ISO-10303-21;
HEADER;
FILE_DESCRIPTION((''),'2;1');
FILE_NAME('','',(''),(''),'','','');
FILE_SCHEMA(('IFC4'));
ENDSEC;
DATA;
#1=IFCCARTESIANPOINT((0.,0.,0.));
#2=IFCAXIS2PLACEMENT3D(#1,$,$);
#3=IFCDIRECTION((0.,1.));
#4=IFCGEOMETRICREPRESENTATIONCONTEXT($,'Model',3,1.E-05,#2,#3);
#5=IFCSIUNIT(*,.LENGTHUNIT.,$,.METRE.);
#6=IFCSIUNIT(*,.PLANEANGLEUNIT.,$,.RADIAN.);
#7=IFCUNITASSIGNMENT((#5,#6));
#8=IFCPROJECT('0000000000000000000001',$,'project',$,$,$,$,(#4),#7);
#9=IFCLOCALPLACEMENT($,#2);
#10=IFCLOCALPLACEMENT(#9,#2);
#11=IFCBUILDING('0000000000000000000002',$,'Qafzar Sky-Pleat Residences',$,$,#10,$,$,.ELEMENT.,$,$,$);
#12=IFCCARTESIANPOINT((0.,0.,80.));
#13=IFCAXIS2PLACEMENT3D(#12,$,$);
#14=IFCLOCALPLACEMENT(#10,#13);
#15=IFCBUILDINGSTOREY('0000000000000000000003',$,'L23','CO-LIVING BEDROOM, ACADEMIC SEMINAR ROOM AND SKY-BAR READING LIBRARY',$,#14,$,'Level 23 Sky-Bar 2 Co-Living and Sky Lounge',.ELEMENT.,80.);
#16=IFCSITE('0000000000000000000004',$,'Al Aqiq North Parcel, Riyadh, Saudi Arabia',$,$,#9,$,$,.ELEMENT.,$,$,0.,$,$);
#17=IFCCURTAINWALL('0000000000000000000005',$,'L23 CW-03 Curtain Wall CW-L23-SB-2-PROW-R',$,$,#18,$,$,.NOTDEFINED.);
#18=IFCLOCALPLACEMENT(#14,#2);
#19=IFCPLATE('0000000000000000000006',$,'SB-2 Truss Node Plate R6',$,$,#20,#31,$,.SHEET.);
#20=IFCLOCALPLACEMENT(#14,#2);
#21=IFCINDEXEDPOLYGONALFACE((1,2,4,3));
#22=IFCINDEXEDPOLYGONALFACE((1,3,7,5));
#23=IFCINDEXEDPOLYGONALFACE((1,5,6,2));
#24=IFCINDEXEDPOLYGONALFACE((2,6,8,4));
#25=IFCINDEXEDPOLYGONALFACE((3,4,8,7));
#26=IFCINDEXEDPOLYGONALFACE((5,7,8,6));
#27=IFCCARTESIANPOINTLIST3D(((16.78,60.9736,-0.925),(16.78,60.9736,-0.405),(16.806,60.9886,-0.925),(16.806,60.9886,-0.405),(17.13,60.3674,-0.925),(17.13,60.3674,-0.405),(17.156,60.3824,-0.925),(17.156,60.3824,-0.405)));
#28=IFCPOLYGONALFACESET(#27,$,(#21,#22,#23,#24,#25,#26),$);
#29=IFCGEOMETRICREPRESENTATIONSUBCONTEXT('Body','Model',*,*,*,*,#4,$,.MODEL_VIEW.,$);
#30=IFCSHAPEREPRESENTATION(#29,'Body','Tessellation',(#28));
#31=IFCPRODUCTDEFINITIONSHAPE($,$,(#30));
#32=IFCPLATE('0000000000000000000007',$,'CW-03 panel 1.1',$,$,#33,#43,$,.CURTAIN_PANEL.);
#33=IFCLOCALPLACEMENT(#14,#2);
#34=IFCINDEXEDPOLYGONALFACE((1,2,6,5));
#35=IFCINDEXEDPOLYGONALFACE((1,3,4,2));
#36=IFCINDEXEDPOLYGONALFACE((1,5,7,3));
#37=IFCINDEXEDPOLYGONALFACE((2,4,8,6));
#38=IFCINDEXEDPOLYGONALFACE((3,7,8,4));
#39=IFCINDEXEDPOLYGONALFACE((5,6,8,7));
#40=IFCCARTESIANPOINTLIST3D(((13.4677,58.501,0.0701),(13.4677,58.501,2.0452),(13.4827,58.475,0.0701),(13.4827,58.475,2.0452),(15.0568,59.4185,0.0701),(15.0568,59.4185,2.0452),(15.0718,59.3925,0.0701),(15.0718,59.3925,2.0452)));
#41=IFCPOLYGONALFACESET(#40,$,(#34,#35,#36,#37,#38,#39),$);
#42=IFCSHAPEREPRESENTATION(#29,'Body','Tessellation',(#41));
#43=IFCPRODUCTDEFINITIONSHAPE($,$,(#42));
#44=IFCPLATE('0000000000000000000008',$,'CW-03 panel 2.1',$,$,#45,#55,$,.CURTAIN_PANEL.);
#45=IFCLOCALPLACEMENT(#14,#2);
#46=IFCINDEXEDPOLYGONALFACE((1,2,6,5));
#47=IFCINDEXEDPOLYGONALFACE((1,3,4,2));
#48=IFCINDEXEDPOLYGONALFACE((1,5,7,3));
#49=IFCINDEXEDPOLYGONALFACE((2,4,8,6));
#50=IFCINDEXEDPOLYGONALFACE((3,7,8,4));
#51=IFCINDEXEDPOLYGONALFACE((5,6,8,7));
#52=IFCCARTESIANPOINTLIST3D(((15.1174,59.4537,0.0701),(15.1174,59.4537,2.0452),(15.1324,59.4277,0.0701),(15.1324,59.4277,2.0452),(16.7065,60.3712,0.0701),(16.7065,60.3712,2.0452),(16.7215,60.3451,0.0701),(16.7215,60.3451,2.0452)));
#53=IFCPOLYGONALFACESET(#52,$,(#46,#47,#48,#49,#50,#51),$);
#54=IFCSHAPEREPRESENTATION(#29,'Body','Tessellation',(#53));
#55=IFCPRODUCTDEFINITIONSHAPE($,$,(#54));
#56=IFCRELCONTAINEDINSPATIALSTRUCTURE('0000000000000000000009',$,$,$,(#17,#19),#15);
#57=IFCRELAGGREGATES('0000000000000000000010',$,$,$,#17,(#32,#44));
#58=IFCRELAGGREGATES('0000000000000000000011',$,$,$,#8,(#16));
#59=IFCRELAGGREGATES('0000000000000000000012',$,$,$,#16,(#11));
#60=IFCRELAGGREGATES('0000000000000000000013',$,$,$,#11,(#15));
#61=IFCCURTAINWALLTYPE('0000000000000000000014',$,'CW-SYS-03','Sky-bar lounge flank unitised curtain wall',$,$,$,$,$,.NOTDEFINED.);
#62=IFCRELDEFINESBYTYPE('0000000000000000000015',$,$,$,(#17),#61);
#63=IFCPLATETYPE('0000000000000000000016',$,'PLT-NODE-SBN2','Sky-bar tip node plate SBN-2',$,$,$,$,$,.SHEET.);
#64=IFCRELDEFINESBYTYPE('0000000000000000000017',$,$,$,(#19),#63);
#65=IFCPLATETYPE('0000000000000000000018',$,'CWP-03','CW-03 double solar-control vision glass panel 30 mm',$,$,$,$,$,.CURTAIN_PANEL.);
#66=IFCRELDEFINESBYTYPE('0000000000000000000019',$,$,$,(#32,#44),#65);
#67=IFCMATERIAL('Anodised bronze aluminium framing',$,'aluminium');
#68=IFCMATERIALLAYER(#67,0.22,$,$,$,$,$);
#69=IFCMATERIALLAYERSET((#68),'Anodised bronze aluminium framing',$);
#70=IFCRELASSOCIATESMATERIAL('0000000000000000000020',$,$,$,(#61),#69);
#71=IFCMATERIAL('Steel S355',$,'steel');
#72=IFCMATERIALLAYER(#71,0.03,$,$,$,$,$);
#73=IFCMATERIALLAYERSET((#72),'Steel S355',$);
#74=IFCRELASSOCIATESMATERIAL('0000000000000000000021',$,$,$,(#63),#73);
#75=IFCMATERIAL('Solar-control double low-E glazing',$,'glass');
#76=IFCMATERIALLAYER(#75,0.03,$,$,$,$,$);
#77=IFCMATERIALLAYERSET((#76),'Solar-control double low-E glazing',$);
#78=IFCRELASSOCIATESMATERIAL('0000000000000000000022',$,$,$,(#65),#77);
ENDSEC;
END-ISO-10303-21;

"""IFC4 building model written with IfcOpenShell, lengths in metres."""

from ifc_helpers import new_model, si_unit, direction, frame, origin, origin_2d, place, context, subcontext, project, spatial, rectangle, extrude, source, transform, mapped, material, layer, layer_set, type_object, element, aggregate, save


model = new_model("IFC4")

# Units and contexts
model_context = context("Model", 3, precision=1e-05, world=origin(), true_north=direction((0.0, 1.0)))
body_context = subcontext(model_context, "Body", "Model", "MODEL_VIEW")
ifc_project = project(units=[si_unit("LENGTHUNIT", "METRE"), si_unit("PLANEANGLEUNIT", "RADIAN")], contexts=[model_context])

# Site, building, storey
site_placement = place(None, origin())
site = spatial("IfcSite", under=ifc_project, at=site_placement, Name="Al Aqiq North Parcel, Riyadh, Saudi Arabia", CompositionType="ELEMENT", RefElevation=0.0)
building_placement = place(site_placement, origin())
building = spatial("IfcBuilding", under=site, at=building_placement, Name="Qafzar Sky-Pleat Residences", CompositionType="ELEMENT")
storey_placement = place(building_placement, frame((0.0, 0.0, 80.0)))
storey = spatial("IfcBuildingStorey", under=building, at=storey_placement, Name="L23", Description="CO-LIVING BEDROOM, ACADEMIC SEMINAR ROOM AND SKY-BAR READING LIBRARY", LongName="Level 23 Sky-Bar 2 Co-Living and Sky Lounge", CompositionType="ELEMENT", Elevation=80.0)

# Shared definitions
ifc_material_1 = material(Name="Steel S355", Category="steel")

# Curtain wall
ifc_material_2 = material(Name="Anodised bronze aluminium framing", Category="aluminium")
ifc_layer_1 = layer(ifc_material_2, 0.22)
ifc_layer_set_1 = layer_set([ifc_layer_1], Name="Anodised bronze aluminium framing")
curtain_wall_type = type_object("IfcCurtainWallType", Name="CW-SYS-03", Description="Sky-bar lounge flank unitised curtain wall", PredefinedType="NOTDEFINED", material=ifc_layer_set_1)
curtain_wall_placement = place(storey_placement, origin())
curtain_wall = element("IfcCurtainWall", 1, at=curtain_wall_placement, inside=storey, type_object=curtain_wall_type, Name="L23 CW-03 Curtain Wall CW-L23-SB-2-PROW-R", PredefinedType="NOTDEFINED")

# Plate
ifc_layer_2 = layer(ifc_material_1, 0.03)
ifc_layer_set_2 = layer_set([ifc_layer_2], Name="Steel S355")
plate_type_1 = type_object("IfcPlateType", Name="PLT-NODE-SBN2", Description="Sky-bar tip node plate SBN-2", PredefinedType="SHEET", material=ifc_layer_set_2)
shared_shape_1 = source(origin(), body_context, "Body", "SweptSolid", [
    extrude(rectangle(XDim=0.7, YDim=0.03, at=origin_2d()), origin(), (0.0, 0.0, 1.0), 0.52),
])
plate_1_placement = place(storey_placement, frame((16.968, 60.678, -0.925), z_axis=(0.0, 0.0, 1.0), x_axis=(-0.5, 0.866025, 0.0)))
element("IfcPlate", 2, at=plate_1_placement, inside=storey, type_object=plate_type_1, Name="SB-2 Truss Node Plate R6", PredefinedType="SHEET", context=body_context, shape_type="MappedRepresentation", body=[
    mapped(shared_shape_1, transform((0.0, 0.0, 0.0), x_axis=(1.0, 0.0, 0.0), y_axis=(0.0, 1.0, 0.0), z_axis=(0.0, 0.0, 1.0), scale=1.0)),
])

# Plates
ifc_material_3 = material(Name="Solar-control double low-E glazing", Category="glass")
ifc_layer_3 = layer(ifc_material_3, 0.03)
ifc_layer_set_3 = layer_set([ifc_layer_3], Name="Solar-control double low-E glazing")
plate_type_2 = type_object("IfcPlateType", Name="CWP-03", Description="CW-03 double solar-control vision glass panel 30 mm", PredefinedType="CURTAIN_PANEL", material=ifc_layer_set_3)
shared_shape_2 = source(origin(), body_context, "Body", "SweptSolid", [
    extrude(rectangle(XDim=1.835, YDim=0.03, at=origin_2d()), origin(), (0.0, 0.0, 1.0), 1.9751),
])
plate_2_placement = place(storey_placement, frame((14.2698, 58.9468, 0.0701), z_axis=(0.0, 0.0, 1.0), x_axis=(0.866027, 0.499998, 0.0)))
plate_2 = element("IfcPlate", 3, at=plate_2_placement, type_object=plate_type_2, Name="CW-03 panel 1.1", PredefinedType="CURTAIN_PANEL", context=body_context, shape_type="MappedRepresentation", body=[
    mapped(shared_shape_2, transform((0.0, 0.0, 0.0), x_axis=(1.0, 0.0, 0.0), y_axis=(0.0, 1.0, 0.0), z_axis=(0.0, 0.0, 1.0), scale=1.0)),
])
plate_3_placement = place(storey_placement, frame((15.9194, 59.8994, 0.0701), z_axis=(0.0, 0.0, 1.0), x_axis=(0.866027, 0.499998, 0.0)))
plate_3 = element("IfcPlate", 4, at=plate_3_placement, type_object=plate_type_2, Name="CW-03 panel 2.1", PredefinedType="CURTAIN_PANEL", context=body_context, shape_type="MappedRepresentation", body=[
    mapped(shared_shape_2, transform((0.0, 0.0, 0.0), x_axis=(1.0, 0.0, 0.0), y_axis=(0.0, 1.0, 0.0), z_axis=(0.0, 0.0, 1.0), scale=1.0)),
])
aggregate(curtain_wall, [plate_2, plate_3])

save(model, "model.ifc")
